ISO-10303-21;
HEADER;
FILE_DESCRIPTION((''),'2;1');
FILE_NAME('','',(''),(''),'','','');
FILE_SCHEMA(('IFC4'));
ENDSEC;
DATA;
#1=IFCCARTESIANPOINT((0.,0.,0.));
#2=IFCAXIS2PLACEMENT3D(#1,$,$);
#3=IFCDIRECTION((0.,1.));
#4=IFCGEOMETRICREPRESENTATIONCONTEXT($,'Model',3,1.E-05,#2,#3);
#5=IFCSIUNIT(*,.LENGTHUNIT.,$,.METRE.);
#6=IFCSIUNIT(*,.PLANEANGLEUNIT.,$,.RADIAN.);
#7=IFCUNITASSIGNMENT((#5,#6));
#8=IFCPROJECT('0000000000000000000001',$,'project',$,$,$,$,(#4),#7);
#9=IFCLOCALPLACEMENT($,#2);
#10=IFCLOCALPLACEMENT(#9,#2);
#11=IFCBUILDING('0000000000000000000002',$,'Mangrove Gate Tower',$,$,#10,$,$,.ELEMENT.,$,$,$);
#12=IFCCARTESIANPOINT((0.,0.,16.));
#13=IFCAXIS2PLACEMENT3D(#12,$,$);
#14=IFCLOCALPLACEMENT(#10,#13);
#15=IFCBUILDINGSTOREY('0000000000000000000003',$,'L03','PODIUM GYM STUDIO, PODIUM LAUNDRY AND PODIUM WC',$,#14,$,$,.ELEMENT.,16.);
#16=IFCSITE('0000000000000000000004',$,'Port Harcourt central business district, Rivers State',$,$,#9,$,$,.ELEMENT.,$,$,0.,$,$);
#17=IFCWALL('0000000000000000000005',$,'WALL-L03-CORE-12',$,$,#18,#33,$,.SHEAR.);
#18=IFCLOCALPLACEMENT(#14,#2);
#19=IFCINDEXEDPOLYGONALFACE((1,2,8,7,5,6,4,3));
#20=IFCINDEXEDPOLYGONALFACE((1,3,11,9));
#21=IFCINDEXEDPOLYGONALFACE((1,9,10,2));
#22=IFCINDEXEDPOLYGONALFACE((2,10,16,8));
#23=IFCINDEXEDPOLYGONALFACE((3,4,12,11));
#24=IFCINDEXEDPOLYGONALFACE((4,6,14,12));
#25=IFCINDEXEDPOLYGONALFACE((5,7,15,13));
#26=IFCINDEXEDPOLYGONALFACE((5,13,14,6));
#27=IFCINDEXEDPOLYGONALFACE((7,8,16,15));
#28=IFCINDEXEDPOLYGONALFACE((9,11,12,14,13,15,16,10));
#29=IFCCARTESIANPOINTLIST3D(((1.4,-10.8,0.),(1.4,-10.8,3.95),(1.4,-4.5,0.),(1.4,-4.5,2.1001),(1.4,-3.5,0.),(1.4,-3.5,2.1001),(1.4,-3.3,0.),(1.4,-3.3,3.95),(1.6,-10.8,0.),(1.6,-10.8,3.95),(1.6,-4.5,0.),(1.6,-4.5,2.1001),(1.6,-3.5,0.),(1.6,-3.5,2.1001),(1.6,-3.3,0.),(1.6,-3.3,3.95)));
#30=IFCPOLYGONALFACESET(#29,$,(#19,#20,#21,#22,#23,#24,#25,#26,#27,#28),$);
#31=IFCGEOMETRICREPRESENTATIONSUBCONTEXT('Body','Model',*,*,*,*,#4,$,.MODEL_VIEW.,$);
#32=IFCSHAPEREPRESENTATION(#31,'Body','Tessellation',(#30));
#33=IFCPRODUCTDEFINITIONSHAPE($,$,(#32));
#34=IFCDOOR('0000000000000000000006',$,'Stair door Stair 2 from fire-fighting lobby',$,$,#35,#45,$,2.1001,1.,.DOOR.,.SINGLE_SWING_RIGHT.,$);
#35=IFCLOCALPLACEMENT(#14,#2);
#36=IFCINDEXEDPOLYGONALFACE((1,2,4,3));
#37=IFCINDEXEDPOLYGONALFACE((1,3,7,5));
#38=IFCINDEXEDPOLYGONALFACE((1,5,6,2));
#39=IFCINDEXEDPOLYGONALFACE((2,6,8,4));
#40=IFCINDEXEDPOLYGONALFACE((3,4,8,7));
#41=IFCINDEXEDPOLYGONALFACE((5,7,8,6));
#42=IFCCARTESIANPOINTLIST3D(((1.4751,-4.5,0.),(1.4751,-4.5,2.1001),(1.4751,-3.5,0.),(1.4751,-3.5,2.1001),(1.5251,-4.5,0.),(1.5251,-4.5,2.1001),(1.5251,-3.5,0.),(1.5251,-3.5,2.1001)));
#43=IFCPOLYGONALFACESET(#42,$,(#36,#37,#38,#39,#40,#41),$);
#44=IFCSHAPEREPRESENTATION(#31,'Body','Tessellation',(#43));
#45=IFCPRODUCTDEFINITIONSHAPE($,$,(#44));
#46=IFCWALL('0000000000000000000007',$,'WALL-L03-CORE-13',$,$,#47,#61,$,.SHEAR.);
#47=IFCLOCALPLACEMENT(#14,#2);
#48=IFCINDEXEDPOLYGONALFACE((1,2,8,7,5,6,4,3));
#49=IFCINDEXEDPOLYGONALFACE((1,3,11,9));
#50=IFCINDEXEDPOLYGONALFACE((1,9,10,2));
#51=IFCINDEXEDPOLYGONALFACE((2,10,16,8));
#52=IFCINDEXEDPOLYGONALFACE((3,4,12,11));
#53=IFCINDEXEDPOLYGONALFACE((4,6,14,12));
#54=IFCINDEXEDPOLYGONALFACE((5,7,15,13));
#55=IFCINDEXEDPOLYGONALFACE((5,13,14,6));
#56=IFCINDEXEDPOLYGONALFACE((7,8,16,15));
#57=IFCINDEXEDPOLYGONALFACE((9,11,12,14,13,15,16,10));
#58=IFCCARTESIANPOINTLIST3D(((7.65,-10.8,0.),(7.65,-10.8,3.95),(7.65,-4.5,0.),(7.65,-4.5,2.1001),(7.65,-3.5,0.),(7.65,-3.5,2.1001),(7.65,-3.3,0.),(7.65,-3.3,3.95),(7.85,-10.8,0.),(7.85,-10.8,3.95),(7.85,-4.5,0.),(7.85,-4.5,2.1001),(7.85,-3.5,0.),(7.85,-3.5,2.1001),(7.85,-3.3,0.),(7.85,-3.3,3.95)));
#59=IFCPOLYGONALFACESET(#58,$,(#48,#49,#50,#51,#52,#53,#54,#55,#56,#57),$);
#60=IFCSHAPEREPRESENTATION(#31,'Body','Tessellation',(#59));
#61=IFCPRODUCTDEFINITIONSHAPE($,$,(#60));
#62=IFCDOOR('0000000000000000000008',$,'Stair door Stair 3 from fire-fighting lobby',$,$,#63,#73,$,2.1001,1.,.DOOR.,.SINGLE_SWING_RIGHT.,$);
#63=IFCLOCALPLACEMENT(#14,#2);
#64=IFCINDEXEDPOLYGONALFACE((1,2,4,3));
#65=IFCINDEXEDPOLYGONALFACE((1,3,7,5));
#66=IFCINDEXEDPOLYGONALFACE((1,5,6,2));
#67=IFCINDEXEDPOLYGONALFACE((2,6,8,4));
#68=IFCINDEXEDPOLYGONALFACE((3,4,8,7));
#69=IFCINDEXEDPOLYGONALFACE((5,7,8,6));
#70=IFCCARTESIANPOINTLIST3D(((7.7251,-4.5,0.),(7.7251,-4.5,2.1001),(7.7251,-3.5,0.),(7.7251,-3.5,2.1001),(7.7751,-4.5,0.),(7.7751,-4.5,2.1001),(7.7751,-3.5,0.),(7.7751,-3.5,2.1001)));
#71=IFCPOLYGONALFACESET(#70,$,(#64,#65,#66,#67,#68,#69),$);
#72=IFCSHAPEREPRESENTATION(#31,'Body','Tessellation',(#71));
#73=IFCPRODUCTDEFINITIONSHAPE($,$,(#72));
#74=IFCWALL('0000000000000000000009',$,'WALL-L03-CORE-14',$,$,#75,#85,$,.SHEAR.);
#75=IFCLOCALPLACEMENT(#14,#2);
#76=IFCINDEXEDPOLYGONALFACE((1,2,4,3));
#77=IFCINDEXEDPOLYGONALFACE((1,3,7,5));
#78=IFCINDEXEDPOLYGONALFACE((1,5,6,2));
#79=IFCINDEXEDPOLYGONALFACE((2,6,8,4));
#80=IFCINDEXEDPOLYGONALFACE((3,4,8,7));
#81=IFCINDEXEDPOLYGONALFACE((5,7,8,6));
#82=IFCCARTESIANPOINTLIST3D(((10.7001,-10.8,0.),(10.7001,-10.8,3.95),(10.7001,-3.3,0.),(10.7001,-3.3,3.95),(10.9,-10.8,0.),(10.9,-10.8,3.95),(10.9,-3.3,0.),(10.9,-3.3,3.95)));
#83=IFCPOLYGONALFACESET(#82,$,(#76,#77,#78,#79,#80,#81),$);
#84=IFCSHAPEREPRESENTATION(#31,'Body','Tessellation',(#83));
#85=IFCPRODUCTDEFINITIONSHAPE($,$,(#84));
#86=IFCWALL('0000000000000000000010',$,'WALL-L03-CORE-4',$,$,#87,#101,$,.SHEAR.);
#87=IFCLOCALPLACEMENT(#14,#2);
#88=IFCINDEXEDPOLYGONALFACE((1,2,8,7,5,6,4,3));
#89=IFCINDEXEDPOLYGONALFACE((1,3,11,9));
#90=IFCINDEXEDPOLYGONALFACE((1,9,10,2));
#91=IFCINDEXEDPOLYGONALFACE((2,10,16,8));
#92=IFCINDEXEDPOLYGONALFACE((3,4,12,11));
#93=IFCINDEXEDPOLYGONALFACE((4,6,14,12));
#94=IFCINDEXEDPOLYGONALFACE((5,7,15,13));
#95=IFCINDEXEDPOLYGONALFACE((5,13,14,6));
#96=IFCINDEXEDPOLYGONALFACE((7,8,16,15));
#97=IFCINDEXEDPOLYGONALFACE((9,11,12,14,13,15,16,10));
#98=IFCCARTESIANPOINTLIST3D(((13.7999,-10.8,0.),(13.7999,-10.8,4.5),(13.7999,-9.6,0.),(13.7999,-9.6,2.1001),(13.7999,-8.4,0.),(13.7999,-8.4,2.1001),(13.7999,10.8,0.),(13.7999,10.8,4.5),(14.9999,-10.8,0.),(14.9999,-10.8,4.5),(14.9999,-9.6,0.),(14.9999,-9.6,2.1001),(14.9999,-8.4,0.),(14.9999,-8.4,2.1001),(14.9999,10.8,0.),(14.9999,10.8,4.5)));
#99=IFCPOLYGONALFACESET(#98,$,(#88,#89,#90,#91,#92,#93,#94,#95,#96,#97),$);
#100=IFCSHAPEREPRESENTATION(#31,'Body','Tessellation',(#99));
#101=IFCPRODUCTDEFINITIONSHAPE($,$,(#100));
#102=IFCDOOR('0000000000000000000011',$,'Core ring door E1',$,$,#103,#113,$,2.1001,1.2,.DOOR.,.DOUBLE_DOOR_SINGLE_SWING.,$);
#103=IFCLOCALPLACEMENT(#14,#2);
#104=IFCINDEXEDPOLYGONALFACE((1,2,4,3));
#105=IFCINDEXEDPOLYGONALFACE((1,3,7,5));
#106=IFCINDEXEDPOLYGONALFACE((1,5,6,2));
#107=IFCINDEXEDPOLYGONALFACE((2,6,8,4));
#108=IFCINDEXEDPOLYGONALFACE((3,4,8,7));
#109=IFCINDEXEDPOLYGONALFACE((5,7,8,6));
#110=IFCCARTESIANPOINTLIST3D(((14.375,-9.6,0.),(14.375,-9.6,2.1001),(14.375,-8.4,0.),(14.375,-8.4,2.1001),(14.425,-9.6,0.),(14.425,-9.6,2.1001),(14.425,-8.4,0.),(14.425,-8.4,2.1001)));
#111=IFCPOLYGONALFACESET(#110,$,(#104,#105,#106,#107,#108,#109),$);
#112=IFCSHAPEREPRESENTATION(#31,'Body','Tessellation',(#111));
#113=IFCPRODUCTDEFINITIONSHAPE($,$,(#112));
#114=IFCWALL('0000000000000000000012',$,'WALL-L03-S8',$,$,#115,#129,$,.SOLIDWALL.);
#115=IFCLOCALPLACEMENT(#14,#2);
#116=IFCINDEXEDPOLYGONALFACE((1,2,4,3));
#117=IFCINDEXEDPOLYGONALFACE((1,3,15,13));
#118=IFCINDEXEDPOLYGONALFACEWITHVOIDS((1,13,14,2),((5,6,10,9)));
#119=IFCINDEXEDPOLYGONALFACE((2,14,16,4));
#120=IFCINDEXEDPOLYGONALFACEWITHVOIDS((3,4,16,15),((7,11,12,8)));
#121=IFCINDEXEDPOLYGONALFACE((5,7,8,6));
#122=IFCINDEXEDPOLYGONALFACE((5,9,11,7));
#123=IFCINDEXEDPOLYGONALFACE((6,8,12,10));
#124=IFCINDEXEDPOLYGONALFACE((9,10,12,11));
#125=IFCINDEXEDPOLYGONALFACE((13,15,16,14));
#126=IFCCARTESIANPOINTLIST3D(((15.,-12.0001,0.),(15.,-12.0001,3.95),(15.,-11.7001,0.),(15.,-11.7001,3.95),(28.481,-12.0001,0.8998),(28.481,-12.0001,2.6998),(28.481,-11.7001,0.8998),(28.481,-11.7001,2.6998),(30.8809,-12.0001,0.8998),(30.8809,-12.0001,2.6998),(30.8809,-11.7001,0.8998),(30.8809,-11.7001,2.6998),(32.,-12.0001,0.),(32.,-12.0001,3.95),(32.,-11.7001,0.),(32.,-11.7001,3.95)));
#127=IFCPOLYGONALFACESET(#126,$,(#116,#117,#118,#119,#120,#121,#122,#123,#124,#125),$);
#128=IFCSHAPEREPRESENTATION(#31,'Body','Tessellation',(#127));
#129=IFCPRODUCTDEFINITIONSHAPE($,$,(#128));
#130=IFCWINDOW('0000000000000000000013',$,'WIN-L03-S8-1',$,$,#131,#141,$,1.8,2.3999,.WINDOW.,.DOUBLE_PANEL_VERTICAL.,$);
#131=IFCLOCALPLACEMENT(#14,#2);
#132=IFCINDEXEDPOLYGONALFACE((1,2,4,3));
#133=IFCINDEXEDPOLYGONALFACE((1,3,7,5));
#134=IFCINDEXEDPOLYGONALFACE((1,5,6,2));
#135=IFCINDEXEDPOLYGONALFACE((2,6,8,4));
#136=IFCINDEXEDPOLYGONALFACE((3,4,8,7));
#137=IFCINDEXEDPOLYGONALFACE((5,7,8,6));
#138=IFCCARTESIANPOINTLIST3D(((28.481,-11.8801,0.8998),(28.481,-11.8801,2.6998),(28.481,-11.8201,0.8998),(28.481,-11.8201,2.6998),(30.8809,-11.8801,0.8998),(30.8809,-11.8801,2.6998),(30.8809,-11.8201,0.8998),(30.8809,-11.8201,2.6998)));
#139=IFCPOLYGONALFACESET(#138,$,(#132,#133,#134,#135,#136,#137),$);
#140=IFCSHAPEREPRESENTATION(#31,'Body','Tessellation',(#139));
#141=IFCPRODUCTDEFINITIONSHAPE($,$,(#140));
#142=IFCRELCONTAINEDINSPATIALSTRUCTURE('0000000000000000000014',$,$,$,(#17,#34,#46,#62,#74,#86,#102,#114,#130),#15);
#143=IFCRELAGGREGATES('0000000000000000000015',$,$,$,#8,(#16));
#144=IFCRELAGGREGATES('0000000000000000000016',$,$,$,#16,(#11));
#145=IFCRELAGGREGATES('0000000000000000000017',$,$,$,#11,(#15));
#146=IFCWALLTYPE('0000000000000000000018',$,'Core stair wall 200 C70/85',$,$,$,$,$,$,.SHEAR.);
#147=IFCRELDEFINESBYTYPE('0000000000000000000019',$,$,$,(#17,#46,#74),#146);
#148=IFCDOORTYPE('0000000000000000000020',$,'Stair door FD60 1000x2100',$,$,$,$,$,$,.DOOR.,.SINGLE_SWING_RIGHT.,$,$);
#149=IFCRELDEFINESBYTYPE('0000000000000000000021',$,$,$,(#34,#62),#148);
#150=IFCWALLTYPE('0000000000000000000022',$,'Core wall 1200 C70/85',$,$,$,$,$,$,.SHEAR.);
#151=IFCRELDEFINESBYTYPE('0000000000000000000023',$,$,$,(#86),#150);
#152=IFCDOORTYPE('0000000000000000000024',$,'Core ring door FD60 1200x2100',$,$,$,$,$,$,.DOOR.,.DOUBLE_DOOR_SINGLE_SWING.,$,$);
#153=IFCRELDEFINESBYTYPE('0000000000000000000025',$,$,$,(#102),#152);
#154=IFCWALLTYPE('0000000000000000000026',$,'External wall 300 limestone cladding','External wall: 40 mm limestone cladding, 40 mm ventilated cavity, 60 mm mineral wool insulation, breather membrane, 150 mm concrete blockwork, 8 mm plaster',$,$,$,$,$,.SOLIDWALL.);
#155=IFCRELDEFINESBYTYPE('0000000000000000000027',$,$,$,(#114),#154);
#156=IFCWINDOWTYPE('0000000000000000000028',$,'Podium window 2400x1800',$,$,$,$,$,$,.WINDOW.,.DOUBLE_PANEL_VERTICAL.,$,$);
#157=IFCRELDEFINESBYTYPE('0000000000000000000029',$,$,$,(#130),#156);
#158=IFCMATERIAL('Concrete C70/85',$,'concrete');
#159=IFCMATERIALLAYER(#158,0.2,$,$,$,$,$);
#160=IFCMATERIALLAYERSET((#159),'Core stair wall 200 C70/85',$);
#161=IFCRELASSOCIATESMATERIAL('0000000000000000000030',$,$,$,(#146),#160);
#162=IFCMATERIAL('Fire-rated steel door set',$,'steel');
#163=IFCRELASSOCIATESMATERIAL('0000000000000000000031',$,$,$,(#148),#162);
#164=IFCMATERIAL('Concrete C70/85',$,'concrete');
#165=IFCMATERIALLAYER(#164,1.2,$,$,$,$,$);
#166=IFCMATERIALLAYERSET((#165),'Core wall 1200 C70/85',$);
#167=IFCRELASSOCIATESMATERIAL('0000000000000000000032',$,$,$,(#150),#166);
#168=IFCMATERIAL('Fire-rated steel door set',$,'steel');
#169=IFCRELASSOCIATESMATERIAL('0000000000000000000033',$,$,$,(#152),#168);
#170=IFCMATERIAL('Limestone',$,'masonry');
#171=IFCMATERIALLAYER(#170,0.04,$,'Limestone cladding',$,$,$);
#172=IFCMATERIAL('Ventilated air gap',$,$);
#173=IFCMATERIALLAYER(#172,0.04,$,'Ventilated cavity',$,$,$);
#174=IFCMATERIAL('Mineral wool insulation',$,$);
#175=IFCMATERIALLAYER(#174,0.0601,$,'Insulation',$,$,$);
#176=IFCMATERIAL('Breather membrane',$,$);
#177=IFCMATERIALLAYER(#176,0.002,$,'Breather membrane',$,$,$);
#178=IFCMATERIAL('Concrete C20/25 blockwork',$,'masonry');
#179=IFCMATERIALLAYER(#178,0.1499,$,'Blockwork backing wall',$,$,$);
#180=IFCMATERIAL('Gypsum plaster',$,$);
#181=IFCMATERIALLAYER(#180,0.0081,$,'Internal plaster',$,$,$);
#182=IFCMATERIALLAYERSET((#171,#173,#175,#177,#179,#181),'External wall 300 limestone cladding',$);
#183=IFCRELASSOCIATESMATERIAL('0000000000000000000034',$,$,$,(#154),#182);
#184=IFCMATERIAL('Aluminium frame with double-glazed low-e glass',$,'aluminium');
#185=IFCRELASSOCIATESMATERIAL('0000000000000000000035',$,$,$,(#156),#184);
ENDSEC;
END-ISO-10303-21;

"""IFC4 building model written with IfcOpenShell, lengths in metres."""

from ifc_helpers import new_model, si_unit, direction, frame, frame_2d, origin, place, context, subcontext, project, spatial, rectangle, extrude, material, layer, layer_set, type_object, element, fill, save


model = new_model("IFC4")

# Units and contexts
model_context = context("Model", 3, precision=1e-05, world=origin(), true_north=direction((0.0, 1.0)))
body_context = subcontext(model_context, "Body", "Model", "MODEL_VIEW")
ifc_project = project(units=[si_unit("LENGTHUNIT", "METRE"), si_unit("PLANEANGLEUNIT", "RADIAN")], contexts=[model_context])

# Site, building, storey
site_placement = place(None, origin())
site = spatial("IfcSite", under=ifc_project, at=site_placement, Name="Port Harcourt central business district, Rivers State", CompositionType="ELEMENT", RefElevation=0.0)
building_placement = place(site_placement, origin())
building = spatial("IfcBuilding", under=site, at=building_placement, Name="Mangrove Gate Tower", CompositionType="ELEMENT")
storey_placement = place(building_placement, frame((0.0, 0.0, 16.0)))
storey = spatial("IfcBuildingStorey", under=building, at=storey_placement, Name="L03", Description="PODIUM GYM STUDIO, PODIUM LAUNDRY AND PODIUM WC", CompositionType="ELEMENT", Elevation=16.0)

# Walls, openings, doors
ifc_material_1 = material(Name="Concrete C70/85", Category="concrete")
ifc_layer_1 = layer(ifc_material_1, 0.2)
ifc_layer_set_1 = layer_set([ifc_layer_1], Name="Core stair wall 200 C70/85")
wall_type_1 = type_object("IfcWallType", Name="Core stair wall 200 C70/85", PredefinedType="SHEAR", material=ifc_layer_set_1)
wall_1_placement = place(storey_placement, frame((1.5, -10.8, 0.0), z_axis=(0.0, 0.0, 1.0), x_axis=(0.0, 1.0, 0.0)))
wall_1 = element("IfcWall", 1, at=wall_1_placement, inside=storey, type_object=wall_type_1, Name="WALL-L03-CORE-12", PredefinedType="SHEAR", context=body_context, shape_type="SweptSolid", body=[
    extrude(rectangle(XDim=7.5, YDim=0.2, at=frame_2d((3.75, 0.0))), origin(), (0.0, 0.0, 1.0), 3.95),
])
opening_1_placement = place(wall_1_placement, frame((6.3, 0.0, 0.0)))
opening_1 = element("IfcOpeningElement", 2, at=opening_1_placement, cuts=wall_1, PredefinedType="OPENING", context=body_context, shape_type="SweptSolid", body=[
    extrude(rectangle(XDim=1.0, YDim=2.1001, at=frame_2d((0.5, 1.05))), frame((0.0, 0.1099, 0.0), z_axis=(0.0, -1.0, 0.0), x_axis=(1.0, 0.0, 0.0)), (0.0, 0.0, 1.0), 0.22),
])
ifc_material_2 = material(Name="Fire-rated steel door set", Category="steel")
door_type_1 = type_object("IfcDoorType", Name="Stair door FD60 1000x2100", OperationType="SINGLE_SWING_RIGHT", PredefinedType="DOOR", material=ifc_material_2)
door_1_placement = place(opening_1_placement, origin())
door_1 = element("IfcDoor", 3, at=door_1_placement, inside=storey, type_object=door_type_1, Name="Stair door Stair 2 from fire-fighting lobby", OperationType="SINGLE_SWING_RIGHT", OverallHeight=2.1001, OverallWidth=1.0, PredefinedType="DOOR", context=body_context, shape_type="SweptSolid", body=[
    extrude(rectangle(XDim=1.0, YDim=2.1001, at=frame_2d((0.5, 1.05))), frame((0.0, 0.0249, 0.0), z_axis=(0.0, -1.0, 0.0), x_axis=(1.0, 0.0, 0.0)), (0.0, 0.0, 1.0), 0.05),
])
fill(opening_1, door_1)
wall_2_placement = place(storey_placement, frame((7.75, -10.8, 0.0), z_axis=(0.0, 0.0, 1.0), x_axis=(0.0, 1.0, 0.0)))
wall_2 = element("IfcWall", 4, at=wall_2_placement, inside=storey, type_object=wall_type_1, Name="WALL-L03-CORE-13", PredefinedType="SHEAR", context=body_context, shape_type="SweptSolid", body=[
    extrude(rectangle(XDim=7.5, YDim=0.2, at=frame_2d((3.75, 0.0))), origin(), (0.0, 0.0, 1.0), 3.95),
])
opening_2_placement = place(wall_2_placement, frame((6.3, 0.0, 0.0)))
opening_2 = element("IfcOpeningElement", 5, at=opening_2_placement, cuts=wall_2, PredefinedType="OPENING", context=body_context, shape_type="SweptSolid", body=[
    extrude(rectangle(XDim=1.0, YDim=2.1001, at=frame_2d((0.5, 1.05))), frame((0.0, 0.1099, 0.0), z_axis=(0.0, -1.0, 0.0), x_axis=(1.0, 0.0, 0.0)), (0.0, 0.0, 1.0), 0.22),
])
door_2_placement = place(opening_2_placement, origin())
door_2 = element("IfcDoor", 6, at=door_2_placement, inside=storey, type_object=door_type_1, Name="Stair door Stair 3 from fire-fighting lobby", OperationType="SINGLE_SWING_RIGHT", OverallHeight=2.1001, OverallWidth=1.0, PredefinedType="DOOR", context=body_context, shape_type="SweptSolid", body=[
    extrude(rectangle(XDim=1.0, YDim=2.1001, at=frame_2d((0.5, 1.05))), frame((0.0, 0.0249, 0.0), z_axis=(0.0, -1.0, 0.0), x_axis=(1.0, 0.0, 0.0)), (0.0, 0.0, 1.0), 0.05),
])
fill(opening_2, door_2)

# Wall
wall_3_placement = place(storey_placement, frame((10.8, -10.8, 0.0), z_axis=(0.0, 0.0, 1.0), x_axis=(0.0, 1.0, 0.0)))
element("IfcWall", 7, at=wall_3_placement, inside=storey, type_object=wall_type_1, Name="WALL-L03-CORE-14", PredefinedType="SHEAR", context=body_context, shape_type="SweptSolid", body=[
    extrude(rectangle(XDim=7.5, YDim=0.2, at=frame_2d((3.75, 0.0))), origin(), (0.0, 0.0, 1.0), 3.95),
])

# Wall, opening, door
ifc_material_3 = material(Name="Concrete C70/85", Category="concrete")
ifc_layer_2 = layer(ifc_material_3, 1.2)
ifc_layer_set_2 = layer_set([ifc_layer_2], Name="Core wall 1200 C70/85")
wall_type_2 = type_object("IfcWallType", Name="Core wall 1200 C70/85", PredefinedType="SHEAR", material=ifc_layer_set_2)
wall_4_placement = place(storey_placement, frame((14.3999, -10.8, 0.0), z_axis=(0.0, 0.0, 1.0), x_axis=(0.0, 1.0, 0.0)))
wall_4 = element("IfcWall", 8, at=wall_4_placement, inside=storey, type_object=wall_type_2, Name="WALL-L03-CORE-4", PredefinedType="SHEAR", context=body_context, shape_type="SweptSolid", body=[
    extrude(rectangle(XDim=21.6001, YDim=1.2, at=frame_2d((10.8, 0.0))), origin(), (0.0, 0.0, 1.0), 4.5),
])
opening_3_placement = place(wall_4_placement, frame((1.2, 0.0, 0.0)))
opening_3 = element("IfcOpeningElement", 9, at=opening_3_placement, cuts=wall_4, PredefinedType="OPENING", context=body_context, shape_type="SweptSolid", body=[
    extrude(rectangle(XDim=1.2, YDim=2.1001, at=frame_2d((0.6001, 1.05))), frame((0.0, 0.6099, 0.0), z_axis=(0.0, -1.0, 0.0), x_axis=(1.0, 0.0, 0.0)), (0.0, 0.0, 1.0), 1.22),
])
ifc_material_4 = material(Name="Fire-rated steel door set", Category="steel")
door_type_2 = type_object("IfcDoorType", Name="Core ring door FD60 1200x2100", OperationType="DOUBLE_DOOR_SINGLE_SWING", PredefinedType="DOOR", material=ifc_material_4)
door_3_placement = place(opening_3_placement, origin())
door_3 = element("IfcDoor", 10, at=door_3_placement, inside=storey, type_object=door_type_2, Name="Core ring door E1", OperationType="DOUBLE_DOOR_SINGLE_SWING", OverallHeight=2.1001, OverallWidth=1.2, PredefinedType="DOOR", context=body_context, shape_type="SweptSolid", body=[
    extrude(rectangle(XDim=1.2, YDim=2.1001, at=frame_2d((0.6001, 1.05))), frame((0.0, 0.0249, 0.0), z_axis=(0.0, -1.0, 0.0), x_axis=(1.0, 0.0, 0.0)), (0.0, 0.0, 1.0), 0.05),
])
fill(opening_3, door_3)

# Wall, opening, window
ifc_material_5 = material(Name="Limestone", Category="masonry")
ifc_layer_3 = layer(ifc_material_5, 0.04, Name="Limestone cladding")
ifc_material_6 = material(Name="Ventilated air gap")
ifc_layer_4 = layer(ifc_material_6, 0.04, Name="Ventilated cavity")
ifc_material_7 = material(Name="Mineral wool insulation")
ifc_layer_5 = layer(ifc_material_7, 0.0601, Name="Insulation")
ifc_material_8 = material(Name="Breather membrane")
ifc_layer_6 = layer(ifc_material_8, 0.002, Name="Breather membrane")
ifc_material_9 = material(Name="Concrete C20/25 blockwork", Category="masonry")
ifc_layer_7 = layer(ifc_material_9, 0.1499, Name="Blockwork backing wall")
ifc_material_10 = material(Name="Gypsum plaster")
ifc_layer_8 = layer(ifc_material_10, 0.0081, Name="Internal plaster")
ifc_layer_set_3 = layer_set([ifc_layer_3, ifc_layer_4, ifc_layer_5, ifc_layer_6, ifc_layer_7, ifc_layer_8], Name="External wall 300 limestone cladding")
wall_type_3 = type_object("IfcWallType", Name="External wall 300 limestone cladding", Description="External wall: 40 mm limestone cladding, 40 mm ventilated cavity, 60 mm mineral wool insulation, breather membrane, 150 mm concrete blockwork, 8 mm plaster", PredefinedType="SOLIDWALL", material=ifc_layer_set_3)
wall_5_placement = place(storey_placement, frame((15.0, -11.8501, 0.0), z_axis=(0.0, 0.0, 1.0), x_axis=(1.0, 0.0, 0.0)))
wall_5 = element("IfcWall", 11, at=wall_5_placement, inside=storey, type_object=wall_type_3, Name="WALL-L03-S8", PredefinedType="SOLIDWALL", context=body_context, shape_type="SweptSolid", body=[
    extrude(rectangle(XDim=17.0, YDim=0.3, at=frame_2d((8.5, 0.0))), origin(), (0.0, 0.0, 1.0), 3.95),
])
opening_4_placement = place(wall_5_placement, frame((13.481, 0.0, 0.8999)))
opening_4 = element("IfcOpeningElement", 12, at=opening_4_placement, cuts=wall_5, PredefinedType="OPENING", context=body_context, shape_type="SweptSolid", body=[
    extrude(rectangle(XDim=2.3999, YDim=1.8, at=frame_2d((1.2, 0.8999))), frame((0.0, 0.1599, 0.0), z_axis=(0.0, -1.0, 0.0), x_axis=(1.0, 0.0, 0.0)), (0.0, 0.0, 1.0), 0.3201),
])
ifc_material_11 = material(Name="Aluminium frame with double-glazed low-e glass", Category="aluminium")
window_type = type_object("IfcWindowType", Name="Podium window 2400x1800", PartitioningType="DOUBLE_PANEL_VERTICAL", PredefinedType="WINDOW", material=ifc_material_11)
window_placement = place(opening_4_placement, origin())
window = element("IfcWindow", 13, at=window_placement, inside=storey, type_object=window_type, Name="WIN-L03-S8-1", OverallHeight=1.8, OverallWidth=2.3999, PartitioningType="DOUBLE_PANEL_VERTICAL", PredefinedType="WINDOW", context=body_context, shape_type="SweptSolid", body=[
    extrude(rectangle(XDim=2.3999, YDim=1.8, at=frame_2d((1.2, 0.8999))), frame((0.0, 0.03, 0.0), z_axis=(0.0, -1.0, 0.0), x_axis=(1.0, 0.0, 0.0)), (0.0, 0.0, 1.0), 0.0601),
])
fill(opening_4, window)

save(model, "model.ifc")
